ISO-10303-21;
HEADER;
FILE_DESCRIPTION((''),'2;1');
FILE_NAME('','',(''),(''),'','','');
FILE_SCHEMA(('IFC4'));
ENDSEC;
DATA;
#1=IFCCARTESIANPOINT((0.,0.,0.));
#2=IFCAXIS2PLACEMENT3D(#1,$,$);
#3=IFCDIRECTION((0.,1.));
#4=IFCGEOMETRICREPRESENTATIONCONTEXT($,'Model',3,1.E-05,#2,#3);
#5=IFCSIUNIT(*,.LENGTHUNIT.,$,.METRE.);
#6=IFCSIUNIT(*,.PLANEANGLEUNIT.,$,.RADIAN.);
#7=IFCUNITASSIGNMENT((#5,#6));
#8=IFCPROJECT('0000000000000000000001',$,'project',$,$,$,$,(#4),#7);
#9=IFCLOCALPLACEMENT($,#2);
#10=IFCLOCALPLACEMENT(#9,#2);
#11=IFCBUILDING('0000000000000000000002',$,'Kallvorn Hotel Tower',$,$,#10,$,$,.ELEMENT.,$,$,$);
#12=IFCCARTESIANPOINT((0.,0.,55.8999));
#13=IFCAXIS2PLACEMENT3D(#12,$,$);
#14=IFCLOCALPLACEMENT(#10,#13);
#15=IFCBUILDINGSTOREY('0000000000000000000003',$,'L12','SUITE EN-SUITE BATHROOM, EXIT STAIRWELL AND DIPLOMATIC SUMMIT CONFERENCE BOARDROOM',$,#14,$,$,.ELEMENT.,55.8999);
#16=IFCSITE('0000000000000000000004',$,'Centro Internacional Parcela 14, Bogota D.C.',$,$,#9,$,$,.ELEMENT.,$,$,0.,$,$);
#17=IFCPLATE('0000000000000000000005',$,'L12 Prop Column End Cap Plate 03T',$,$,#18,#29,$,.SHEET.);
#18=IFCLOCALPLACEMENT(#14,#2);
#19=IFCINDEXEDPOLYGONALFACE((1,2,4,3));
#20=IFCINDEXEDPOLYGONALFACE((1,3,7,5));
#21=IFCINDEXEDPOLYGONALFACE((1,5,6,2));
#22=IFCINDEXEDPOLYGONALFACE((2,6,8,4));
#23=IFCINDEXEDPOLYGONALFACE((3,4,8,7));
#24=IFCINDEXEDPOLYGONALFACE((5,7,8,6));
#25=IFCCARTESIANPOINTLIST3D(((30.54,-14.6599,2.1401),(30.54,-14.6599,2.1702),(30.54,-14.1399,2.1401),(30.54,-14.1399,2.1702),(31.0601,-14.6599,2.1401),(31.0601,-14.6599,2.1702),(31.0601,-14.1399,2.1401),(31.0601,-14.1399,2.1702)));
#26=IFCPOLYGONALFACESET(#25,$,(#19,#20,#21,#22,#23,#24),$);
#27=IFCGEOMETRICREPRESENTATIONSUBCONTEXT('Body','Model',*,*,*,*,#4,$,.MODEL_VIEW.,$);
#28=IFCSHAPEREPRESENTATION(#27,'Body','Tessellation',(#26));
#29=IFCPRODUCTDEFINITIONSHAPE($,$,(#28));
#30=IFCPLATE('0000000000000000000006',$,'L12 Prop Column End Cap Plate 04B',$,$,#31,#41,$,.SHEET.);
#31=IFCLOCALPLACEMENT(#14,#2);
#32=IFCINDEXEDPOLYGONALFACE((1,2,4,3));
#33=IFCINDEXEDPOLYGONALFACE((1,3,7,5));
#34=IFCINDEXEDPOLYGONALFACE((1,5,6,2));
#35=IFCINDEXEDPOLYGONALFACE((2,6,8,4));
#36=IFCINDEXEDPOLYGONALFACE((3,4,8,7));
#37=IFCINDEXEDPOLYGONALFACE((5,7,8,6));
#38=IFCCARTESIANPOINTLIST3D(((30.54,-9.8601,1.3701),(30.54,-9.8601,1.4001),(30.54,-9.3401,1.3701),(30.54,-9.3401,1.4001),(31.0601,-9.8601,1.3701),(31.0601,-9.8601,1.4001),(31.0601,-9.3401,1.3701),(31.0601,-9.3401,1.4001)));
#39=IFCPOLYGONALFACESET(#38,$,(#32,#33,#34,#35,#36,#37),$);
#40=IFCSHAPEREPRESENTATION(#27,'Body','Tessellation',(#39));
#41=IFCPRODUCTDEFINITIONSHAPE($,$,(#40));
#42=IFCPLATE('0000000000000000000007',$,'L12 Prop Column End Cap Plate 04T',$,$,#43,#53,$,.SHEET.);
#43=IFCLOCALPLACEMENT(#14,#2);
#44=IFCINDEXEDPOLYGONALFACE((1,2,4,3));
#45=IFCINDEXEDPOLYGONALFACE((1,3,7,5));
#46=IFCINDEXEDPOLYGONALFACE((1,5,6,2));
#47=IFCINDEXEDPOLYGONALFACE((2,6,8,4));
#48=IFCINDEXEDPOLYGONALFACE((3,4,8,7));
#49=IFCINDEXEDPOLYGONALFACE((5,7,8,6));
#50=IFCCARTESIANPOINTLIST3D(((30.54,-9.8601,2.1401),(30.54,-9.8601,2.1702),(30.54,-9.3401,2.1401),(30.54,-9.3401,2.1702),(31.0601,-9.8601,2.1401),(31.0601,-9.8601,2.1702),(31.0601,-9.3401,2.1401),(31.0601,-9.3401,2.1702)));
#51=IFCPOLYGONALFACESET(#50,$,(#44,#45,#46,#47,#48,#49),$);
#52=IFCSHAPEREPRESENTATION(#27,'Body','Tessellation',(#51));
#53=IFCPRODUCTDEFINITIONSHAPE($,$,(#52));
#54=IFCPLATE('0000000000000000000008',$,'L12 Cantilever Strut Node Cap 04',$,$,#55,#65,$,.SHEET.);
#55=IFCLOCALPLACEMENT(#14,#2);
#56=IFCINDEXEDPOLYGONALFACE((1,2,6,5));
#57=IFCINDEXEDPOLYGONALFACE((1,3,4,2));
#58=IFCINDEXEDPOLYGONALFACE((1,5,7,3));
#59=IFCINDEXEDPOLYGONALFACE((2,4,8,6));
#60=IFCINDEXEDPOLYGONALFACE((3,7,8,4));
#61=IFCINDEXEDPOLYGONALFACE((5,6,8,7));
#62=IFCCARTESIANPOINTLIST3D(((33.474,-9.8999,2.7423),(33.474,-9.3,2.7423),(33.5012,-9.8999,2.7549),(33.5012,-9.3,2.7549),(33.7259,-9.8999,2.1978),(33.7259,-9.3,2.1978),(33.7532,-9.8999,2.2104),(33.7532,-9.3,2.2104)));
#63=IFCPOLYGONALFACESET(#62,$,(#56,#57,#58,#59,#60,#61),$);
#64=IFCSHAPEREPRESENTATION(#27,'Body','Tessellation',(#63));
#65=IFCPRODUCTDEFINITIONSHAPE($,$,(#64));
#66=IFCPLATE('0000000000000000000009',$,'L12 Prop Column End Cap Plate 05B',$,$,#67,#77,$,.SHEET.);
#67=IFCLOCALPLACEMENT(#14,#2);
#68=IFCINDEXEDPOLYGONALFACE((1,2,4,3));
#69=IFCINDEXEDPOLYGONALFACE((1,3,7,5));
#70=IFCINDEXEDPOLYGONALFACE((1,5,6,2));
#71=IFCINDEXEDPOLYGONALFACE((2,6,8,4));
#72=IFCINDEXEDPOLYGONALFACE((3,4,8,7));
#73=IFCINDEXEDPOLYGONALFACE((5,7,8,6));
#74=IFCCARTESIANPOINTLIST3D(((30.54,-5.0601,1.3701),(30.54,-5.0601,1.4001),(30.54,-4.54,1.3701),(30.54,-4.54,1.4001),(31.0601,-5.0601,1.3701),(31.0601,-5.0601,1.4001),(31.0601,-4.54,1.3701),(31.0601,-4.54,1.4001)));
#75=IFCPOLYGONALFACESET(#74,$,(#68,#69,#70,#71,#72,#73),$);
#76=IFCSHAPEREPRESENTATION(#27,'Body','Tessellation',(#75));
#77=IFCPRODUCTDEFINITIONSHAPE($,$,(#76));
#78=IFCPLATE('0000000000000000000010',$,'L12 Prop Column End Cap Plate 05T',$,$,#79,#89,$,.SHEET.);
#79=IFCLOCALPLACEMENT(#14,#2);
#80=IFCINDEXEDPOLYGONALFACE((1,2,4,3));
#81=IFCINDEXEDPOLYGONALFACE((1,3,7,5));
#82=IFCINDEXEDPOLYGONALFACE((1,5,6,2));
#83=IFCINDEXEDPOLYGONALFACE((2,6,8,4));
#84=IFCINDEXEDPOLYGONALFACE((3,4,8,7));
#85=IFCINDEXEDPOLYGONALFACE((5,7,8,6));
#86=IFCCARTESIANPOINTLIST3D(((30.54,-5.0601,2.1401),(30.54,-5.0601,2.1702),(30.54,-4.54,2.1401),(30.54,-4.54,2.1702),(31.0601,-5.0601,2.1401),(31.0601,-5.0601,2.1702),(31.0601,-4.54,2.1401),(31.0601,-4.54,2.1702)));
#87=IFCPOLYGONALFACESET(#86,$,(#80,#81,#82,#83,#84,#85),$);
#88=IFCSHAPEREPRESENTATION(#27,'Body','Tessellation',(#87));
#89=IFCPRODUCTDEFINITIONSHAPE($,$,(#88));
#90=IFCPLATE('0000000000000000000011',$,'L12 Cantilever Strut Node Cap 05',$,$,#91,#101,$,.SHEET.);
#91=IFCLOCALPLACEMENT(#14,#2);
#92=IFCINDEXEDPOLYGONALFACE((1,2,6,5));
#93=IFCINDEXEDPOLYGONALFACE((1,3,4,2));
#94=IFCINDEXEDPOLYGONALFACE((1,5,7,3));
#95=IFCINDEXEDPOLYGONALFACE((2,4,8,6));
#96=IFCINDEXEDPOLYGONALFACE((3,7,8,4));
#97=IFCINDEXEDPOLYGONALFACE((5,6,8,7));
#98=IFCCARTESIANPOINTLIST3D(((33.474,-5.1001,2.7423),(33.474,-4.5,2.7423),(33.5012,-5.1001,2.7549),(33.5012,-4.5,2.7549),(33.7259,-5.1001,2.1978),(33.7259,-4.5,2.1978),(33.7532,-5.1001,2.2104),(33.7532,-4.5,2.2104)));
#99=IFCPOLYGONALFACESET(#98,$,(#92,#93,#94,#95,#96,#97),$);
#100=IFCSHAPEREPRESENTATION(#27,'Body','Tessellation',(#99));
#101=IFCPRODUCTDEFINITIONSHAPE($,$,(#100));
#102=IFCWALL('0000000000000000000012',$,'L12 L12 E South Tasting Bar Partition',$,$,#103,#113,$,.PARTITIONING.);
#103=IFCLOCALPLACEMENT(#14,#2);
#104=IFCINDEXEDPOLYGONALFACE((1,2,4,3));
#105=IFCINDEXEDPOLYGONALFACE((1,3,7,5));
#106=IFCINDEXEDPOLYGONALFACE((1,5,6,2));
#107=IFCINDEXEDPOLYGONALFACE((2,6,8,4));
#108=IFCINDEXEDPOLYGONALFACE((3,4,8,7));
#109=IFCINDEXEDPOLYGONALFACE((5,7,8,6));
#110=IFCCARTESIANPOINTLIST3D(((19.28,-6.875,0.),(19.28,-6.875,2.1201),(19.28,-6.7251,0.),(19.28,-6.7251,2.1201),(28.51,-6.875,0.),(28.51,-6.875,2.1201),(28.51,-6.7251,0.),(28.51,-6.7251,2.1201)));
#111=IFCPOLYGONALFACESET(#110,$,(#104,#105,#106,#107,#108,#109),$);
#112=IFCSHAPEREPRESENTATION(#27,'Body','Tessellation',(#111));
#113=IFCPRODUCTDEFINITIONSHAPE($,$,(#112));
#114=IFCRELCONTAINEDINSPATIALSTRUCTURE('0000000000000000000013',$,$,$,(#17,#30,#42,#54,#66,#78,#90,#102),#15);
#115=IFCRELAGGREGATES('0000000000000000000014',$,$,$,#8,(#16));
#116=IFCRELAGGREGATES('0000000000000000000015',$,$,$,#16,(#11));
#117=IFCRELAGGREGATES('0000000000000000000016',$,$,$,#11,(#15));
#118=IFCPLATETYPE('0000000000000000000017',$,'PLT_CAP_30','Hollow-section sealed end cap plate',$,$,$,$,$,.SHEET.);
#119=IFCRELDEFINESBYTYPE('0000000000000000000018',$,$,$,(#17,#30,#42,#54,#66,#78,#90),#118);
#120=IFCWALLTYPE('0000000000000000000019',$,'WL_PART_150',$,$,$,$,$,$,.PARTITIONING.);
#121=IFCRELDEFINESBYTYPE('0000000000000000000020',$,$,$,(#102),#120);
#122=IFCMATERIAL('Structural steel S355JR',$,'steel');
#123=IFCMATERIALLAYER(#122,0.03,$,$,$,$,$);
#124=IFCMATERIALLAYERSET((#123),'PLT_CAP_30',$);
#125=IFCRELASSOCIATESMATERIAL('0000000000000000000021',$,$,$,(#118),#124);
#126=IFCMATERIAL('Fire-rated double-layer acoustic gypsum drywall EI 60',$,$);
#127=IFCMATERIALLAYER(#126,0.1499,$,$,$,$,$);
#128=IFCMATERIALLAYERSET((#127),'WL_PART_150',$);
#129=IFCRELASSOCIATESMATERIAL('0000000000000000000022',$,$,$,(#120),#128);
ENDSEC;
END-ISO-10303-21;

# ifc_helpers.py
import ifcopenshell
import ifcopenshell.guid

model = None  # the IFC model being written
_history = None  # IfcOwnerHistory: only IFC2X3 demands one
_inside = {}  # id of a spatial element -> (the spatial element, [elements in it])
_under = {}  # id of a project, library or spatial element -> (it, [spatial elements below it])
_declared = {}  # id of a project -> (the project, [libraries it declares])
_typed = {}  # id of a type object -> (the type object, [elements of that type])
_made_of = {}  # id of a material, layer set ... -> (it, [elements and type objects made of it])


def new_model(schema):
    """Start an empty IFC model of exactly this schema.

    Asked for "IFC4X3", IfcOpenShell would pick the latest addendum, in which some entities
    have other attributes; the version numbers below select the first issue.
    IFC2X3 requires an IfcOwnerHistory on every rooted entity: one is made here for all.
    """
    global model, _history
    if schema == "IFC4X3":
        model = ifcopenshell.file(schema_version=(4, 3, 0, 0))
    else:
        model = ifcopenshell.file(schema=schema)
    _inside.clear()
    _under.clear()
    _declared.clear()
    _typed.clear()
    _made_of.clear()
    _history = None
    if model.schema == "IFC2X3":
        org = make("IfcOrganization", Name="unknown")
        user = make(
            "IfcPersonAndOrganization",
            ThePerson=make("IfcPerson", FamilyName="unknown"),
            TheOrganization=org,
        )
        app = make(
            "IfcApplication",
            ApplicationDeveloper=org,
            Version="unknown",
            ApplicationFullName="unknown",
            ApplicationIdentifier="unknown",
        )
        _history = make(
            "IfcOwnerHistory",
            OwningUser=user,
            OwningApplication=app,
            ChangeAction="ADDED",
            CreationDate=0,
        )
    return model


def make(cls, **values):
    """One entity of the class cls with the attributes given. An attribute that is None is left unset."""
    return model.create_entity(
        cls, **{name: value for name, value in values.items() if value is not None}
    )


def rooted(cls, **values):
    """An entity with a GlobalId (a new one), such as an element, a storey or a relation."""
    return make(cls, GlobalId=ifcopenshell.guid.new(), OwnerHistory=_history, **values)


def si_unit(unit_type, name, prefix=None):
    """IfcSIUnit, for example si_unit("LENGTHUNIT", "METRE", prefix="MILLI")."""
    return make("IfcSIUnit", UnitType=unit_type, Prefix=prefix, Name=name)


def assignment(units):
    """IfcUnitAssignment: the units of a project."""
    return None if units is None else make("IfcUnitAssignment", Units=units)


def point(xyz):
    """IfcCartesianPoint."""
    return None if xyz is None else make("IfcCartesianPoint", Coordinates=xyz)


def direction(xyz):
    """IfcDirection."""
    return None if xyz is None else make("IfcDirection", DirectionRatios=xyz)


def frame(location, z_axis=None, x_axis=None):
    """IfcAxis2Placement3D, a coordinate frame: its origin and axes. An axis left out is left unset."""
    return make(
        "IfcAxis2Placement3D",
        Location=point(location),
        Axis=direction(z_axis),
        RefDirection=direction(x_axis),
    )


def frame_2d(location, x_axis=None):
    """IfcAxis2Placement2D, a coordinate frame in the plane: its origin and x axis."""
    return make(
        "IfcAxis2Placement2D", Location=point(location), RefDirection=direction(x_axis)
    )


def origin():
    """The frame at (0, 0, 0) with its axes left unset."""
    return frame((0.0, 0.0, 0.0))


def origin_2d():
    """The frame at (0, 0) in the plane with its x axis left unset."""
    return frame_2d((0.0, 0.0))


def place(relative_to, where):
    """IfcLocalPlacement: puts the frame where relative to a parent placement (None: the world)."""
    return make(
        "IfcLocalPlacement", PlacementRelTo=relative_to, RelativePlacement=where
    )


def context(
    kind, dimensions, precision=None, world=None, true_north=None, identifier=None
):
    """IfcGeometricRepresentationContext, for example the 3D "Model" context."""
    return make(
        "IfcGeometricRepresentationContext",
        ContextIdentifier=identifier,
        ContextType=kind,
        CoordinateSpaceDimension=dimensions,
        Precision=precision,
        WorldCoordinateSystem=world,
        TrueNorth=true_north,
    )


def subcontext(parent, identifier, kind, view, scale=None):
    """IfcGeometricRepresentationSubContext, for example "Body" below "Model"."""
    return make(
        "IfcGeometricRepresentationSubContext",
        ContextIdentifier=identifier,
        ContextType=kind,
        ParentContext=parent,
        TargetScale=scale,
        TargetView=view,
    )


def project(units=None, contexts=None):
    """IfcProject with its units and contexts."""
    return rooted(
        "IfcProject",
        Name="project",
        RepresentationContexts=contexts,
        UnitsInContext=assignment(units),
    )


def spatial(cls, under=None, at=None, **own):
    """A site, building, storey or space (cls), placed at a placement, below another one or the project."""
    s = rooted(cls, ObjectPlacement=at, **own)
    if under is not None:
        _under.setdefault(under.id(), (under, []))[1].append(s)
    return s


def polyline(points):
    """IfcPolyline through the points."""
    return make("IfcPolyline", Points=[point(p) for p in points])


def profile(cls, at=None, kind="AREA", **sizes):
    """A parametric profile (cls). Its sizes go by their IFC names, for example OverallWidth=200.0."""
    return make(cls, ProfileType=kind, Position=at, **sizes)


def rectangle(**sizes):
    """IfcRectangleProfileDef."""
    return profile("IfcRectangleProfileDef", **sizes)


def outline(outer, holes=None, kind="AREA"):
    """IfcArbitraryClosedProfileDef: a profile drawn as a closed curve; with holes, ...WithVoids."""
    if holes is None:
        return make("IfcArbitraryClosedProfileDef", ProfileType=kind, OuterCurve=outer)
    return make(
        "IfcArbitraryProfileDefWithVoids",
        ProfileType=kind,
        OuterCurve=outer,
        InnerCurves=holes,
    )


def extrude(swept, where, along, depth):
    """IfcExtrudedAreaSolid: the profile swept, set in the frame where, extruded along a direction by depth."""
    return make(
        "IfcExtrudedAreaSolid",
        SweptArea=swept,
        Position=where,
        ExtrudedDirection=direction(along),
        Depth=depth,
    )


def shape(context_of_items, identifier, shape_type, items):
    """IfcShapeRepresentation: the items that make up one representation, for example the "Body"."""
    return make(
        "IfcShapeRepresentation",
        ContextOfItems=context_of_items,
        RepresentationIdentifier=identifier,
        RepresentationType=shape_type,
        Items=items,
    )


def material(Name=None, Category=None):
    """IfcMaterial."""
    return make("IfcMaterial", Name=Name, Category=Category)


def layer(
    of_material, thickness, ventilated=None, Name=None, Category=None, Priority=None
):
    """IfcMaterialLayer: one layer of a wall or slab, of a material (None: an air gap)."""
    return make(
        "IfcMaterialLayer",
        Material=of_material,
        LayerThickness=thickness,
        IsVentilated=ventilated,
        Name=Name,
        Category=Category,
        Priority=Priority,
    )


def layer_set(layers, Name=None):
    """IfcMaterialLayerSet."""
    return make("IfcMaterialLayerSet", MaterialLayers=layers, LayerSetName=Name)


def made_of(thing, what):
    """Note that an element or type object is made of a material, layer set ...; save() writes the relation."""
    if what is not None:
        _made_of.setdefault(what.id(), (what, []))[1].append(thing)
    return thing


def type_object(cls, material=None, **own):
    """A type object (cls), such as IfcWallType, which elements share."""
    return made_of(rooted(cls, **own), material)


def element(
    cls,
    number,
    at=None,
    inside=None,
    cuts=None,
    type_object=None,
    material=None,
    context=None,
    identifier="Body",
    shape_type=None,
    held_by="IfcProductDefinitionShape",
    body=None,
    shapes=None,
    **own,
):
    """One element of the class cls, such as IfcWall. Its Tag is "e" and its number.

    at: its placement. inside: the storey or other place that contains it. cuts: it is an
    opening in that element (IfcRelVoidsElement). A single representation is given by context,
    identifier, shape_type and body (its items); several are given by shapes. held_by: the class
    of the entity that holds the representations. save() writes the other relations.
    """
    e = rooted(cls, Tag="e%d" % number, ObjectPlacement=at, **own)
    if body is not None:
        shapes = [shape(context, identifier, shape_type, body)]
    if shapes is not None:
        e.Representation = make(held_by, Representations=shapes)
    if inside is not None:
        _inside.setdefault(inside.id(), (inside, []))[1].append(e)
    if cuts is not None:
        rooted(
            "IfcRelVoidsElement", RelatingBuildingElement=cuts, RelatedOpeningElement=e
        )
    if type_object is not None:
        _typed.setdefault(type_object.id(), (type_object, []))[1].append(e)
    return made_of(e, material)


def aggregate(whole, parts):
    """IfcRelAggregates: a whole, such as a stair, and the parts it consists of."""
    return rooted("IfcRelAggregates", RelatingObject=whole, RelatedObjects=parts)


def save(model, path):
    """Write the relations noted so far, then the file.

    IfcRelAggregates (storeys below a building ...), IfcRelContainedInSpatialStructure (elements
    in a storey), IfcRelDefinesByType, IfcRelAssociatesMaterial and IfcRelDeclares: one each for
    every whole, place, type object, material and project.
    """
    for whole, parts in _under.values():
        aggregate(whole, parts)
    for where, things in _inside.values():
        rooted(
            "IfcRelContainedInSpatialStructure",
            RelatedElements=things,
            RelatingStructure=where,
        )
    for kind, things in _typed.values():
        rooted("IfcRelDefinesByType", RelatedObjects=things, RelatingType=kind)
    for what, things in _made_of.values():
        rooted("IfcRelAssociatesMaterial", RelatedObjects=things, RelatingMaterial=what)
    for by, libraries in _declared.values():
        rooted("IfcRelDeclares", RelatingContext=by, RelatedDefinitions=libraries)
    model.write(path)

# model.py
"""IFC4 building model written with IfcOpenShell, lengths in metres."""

from ifc_helpers import new_model, si_unit, direction, frame, frame_2d, origin, origin_2d, place, context, subcontext, project, spatial, polyline, rectangle, outline, extrude, material, layer, layer_set, type_object, element, save


model = new_model("IFC4")

# Units and contexts
model_context = context("Model", 3, precision=1e-05, world=origin(), true_north=direction((0.0, 1.0)))
body_context = subcontext(model_context, "Body", "Model", "MODEL_VIEW")
ifc_project = project(units=[si_unit("LENGTHUNIT", "METRE"), si_unit("PLANEANGLEUNIT", "RADIAN")], contexts=[model_context])

# Site, building, storey
site_placement = place(None, origin())
site = spatial("IfcSite", under=ifc_project, at=site_placement, Name="Centro Internacional Parcela 14, Bogota D.C.", CompositionType="ELEMENT", RefElevation=0.0)
building_placement = place(site_placement, origin())
building = spatial("IfcBuilding", under=site, at=building_placement, Name="Kallvorn Hotel Tower", CompositionType="ELEMENT")
storey_placement = place(building_placement, frame((0.0, 0.0, 55.8999)))
storey = spatial("IfcBuildingStorey", under=building, at=storey_placement, Name="L12", Description="SUITE EN-SUITE BATHROOM, EXIT STAIRWELL AND DIPLOMATIC SUMMIT CONFERENCE BOARDROOM", CompositionType="ELEMENT", Elevation=55.8999)

# Plates
ifc_material_1 = material(Name="Structural steel S355JR", Category="steel")
ifc_layer_1 = layer(ifc_material_1, 0.03)
ifc_layer_set_1 = layer_set([ifc_layer_1], Name="PLT_CAP_30")
plate_type = type_object("IfcPlateType", Name="PLT_CAP_30", Description="Hollow-section sealed end cap plate", PredefinedType="SHEET", material=ifc_layer_set_1)
for number, where, z_axis, x_axis, name in (
    (1, (30.8, -14.3999, 2.1401), (0.0, 0.0, 1.0), (1.0, 0.0, 0.0), "L12 Prop Column End Cap Plate 03T"),
    (2, (30.8, -9.6001, 1.3701), (0.0, 0.0, 1.0), (1.0, 0.0, 0.0), "L12 Prop Column End Cap Plate 04B"),
    (3, (30.8, -9.6001, 2.1401), (0.0, 0.0, 1.0), (1.0, 0.0, 0.0), "L12 Prop Column End Cap Plate 04T"),
):
    element("IfcPlate", number, at=place(storey_placement, frame(where, z_axis=z_axis, x_axis=x_axis)), inside=storey, type_object=plate_type, Name=name, PredefinedType="SHEET", context=body_context, shape_type="SweptSolid", body=[
        extrude(rectangle(XDim=0.52, YDim=0.52, at=origin_2d()), origin(), (0.0, 0.0, 1.0), 0.03),
    ])
plate_1_placement = place(storey_placement, frame((33.7532, -9.8999, 2.2104), z_axis=(0.90753, 0.0, 0.419987), x_axis=(0.0, 1.0, 0.0)))
element("IfcPlate", 4, at=plate_1_placement, inside=storey, type_object=plate_type, Name="L12 Cantilever Strut Node Cap 04", PredefinedType="SHEET", context=body_context, shape_type="SweptSolid", body=[
    extrude(outline(polyline([(0.0, 0.0), (0.5999, 0.0), (0.5999, 0.5999), (0.0, 0.5999), (0.0, 0.0)])), origin(), (0.0, 0.0, -1.0), 0.03),
])
for number, where, z_axis, x_axis, name in (
    (5, (30.8, -4.8, 1.3701), (0.0, 0.0, 1.0), (1.0, 0.0, 0.0), "L12 Prop Column End Cap Plate 05B"),
    (6, (30.8, -4.8, 2.1401), (0.0, 0.0, 1.0), (1.0, 0.0, 0.0), "L12 Prop Column End Cap Plate 05T"),
):
    element("IfcPlate", number, at=place(storey_placement, frame(where, z_axis=z_axis, x_axis=x_axis)), inside=storey, type_object=plate_type, Name=name, PredefinedType="SHEET", context=body_context, shape_type="SweptSolid", body=[
        extrude(rectangle(XDim=0.52, YDim=0.52, at=origin_2d()), origin(), (0.0, 0.0, 1.0), 0.03),
    ])
plate_2_placement = place(storey_placement, frame((33.7532, -5.1001, 2.2104), z_axis=(0.90753, 0.0, 0.419987), x_axis=(0.0, 1.0, 0.0)))
element("IfcPlate", 7, at=plate_2_placement, inside=storey, type_object=plate_type, Name="L12 Cantilever Strut Node Cap 05", PredefinedType="SHEET", context=body_context, shape_type="SweptSolid", body=[
    extrude(outline(polyline([(0.0, 0.0), (0.6001, 0.0), (0.6001, 0.5999), (0.0, 0.5999), (0.0, 0.0)])), origin(), (0.0, 0.0, -1.0), 0.03),
])

# Wall
ifc_material_2 = material(Name="Fire-rated double-layer acoustic gypsum drywall EI 60")
ifc_layer_2 = layer(ifc_material_2, 0.1499)
ifc_layer_set_2 = layer_set([ifc_layer_2], Name="WL_PART_150")
wall_type = type_object("IfcWallType", Name="WL_PART_150", PredefinedType="PARTITIONING", material=ifc_layer_set_2)
wall_placement = place(storey_placement, frame((19.28, -6.8, 0.0), z_axis=(0.0, 0.0, 1.0), x_axis=(1.0, 0.0, 0.0)))
element("IfcWall", 8, at=wall_placement, inside=storey, type_object=wall_type, Name="L12 L12 E South Tasting Bar Partition", PredefinedType="PARTITIONING", context=body_context, shape_type="SweptSolid", body=[
    extrude(rectangle(XDim=9.23, YDim=0.1499, at=frame_2d((4.615, 0.0))), origin(), (0.0, 0.0, 1.0), 2.1201),
])

save(model, "model.ifc")
